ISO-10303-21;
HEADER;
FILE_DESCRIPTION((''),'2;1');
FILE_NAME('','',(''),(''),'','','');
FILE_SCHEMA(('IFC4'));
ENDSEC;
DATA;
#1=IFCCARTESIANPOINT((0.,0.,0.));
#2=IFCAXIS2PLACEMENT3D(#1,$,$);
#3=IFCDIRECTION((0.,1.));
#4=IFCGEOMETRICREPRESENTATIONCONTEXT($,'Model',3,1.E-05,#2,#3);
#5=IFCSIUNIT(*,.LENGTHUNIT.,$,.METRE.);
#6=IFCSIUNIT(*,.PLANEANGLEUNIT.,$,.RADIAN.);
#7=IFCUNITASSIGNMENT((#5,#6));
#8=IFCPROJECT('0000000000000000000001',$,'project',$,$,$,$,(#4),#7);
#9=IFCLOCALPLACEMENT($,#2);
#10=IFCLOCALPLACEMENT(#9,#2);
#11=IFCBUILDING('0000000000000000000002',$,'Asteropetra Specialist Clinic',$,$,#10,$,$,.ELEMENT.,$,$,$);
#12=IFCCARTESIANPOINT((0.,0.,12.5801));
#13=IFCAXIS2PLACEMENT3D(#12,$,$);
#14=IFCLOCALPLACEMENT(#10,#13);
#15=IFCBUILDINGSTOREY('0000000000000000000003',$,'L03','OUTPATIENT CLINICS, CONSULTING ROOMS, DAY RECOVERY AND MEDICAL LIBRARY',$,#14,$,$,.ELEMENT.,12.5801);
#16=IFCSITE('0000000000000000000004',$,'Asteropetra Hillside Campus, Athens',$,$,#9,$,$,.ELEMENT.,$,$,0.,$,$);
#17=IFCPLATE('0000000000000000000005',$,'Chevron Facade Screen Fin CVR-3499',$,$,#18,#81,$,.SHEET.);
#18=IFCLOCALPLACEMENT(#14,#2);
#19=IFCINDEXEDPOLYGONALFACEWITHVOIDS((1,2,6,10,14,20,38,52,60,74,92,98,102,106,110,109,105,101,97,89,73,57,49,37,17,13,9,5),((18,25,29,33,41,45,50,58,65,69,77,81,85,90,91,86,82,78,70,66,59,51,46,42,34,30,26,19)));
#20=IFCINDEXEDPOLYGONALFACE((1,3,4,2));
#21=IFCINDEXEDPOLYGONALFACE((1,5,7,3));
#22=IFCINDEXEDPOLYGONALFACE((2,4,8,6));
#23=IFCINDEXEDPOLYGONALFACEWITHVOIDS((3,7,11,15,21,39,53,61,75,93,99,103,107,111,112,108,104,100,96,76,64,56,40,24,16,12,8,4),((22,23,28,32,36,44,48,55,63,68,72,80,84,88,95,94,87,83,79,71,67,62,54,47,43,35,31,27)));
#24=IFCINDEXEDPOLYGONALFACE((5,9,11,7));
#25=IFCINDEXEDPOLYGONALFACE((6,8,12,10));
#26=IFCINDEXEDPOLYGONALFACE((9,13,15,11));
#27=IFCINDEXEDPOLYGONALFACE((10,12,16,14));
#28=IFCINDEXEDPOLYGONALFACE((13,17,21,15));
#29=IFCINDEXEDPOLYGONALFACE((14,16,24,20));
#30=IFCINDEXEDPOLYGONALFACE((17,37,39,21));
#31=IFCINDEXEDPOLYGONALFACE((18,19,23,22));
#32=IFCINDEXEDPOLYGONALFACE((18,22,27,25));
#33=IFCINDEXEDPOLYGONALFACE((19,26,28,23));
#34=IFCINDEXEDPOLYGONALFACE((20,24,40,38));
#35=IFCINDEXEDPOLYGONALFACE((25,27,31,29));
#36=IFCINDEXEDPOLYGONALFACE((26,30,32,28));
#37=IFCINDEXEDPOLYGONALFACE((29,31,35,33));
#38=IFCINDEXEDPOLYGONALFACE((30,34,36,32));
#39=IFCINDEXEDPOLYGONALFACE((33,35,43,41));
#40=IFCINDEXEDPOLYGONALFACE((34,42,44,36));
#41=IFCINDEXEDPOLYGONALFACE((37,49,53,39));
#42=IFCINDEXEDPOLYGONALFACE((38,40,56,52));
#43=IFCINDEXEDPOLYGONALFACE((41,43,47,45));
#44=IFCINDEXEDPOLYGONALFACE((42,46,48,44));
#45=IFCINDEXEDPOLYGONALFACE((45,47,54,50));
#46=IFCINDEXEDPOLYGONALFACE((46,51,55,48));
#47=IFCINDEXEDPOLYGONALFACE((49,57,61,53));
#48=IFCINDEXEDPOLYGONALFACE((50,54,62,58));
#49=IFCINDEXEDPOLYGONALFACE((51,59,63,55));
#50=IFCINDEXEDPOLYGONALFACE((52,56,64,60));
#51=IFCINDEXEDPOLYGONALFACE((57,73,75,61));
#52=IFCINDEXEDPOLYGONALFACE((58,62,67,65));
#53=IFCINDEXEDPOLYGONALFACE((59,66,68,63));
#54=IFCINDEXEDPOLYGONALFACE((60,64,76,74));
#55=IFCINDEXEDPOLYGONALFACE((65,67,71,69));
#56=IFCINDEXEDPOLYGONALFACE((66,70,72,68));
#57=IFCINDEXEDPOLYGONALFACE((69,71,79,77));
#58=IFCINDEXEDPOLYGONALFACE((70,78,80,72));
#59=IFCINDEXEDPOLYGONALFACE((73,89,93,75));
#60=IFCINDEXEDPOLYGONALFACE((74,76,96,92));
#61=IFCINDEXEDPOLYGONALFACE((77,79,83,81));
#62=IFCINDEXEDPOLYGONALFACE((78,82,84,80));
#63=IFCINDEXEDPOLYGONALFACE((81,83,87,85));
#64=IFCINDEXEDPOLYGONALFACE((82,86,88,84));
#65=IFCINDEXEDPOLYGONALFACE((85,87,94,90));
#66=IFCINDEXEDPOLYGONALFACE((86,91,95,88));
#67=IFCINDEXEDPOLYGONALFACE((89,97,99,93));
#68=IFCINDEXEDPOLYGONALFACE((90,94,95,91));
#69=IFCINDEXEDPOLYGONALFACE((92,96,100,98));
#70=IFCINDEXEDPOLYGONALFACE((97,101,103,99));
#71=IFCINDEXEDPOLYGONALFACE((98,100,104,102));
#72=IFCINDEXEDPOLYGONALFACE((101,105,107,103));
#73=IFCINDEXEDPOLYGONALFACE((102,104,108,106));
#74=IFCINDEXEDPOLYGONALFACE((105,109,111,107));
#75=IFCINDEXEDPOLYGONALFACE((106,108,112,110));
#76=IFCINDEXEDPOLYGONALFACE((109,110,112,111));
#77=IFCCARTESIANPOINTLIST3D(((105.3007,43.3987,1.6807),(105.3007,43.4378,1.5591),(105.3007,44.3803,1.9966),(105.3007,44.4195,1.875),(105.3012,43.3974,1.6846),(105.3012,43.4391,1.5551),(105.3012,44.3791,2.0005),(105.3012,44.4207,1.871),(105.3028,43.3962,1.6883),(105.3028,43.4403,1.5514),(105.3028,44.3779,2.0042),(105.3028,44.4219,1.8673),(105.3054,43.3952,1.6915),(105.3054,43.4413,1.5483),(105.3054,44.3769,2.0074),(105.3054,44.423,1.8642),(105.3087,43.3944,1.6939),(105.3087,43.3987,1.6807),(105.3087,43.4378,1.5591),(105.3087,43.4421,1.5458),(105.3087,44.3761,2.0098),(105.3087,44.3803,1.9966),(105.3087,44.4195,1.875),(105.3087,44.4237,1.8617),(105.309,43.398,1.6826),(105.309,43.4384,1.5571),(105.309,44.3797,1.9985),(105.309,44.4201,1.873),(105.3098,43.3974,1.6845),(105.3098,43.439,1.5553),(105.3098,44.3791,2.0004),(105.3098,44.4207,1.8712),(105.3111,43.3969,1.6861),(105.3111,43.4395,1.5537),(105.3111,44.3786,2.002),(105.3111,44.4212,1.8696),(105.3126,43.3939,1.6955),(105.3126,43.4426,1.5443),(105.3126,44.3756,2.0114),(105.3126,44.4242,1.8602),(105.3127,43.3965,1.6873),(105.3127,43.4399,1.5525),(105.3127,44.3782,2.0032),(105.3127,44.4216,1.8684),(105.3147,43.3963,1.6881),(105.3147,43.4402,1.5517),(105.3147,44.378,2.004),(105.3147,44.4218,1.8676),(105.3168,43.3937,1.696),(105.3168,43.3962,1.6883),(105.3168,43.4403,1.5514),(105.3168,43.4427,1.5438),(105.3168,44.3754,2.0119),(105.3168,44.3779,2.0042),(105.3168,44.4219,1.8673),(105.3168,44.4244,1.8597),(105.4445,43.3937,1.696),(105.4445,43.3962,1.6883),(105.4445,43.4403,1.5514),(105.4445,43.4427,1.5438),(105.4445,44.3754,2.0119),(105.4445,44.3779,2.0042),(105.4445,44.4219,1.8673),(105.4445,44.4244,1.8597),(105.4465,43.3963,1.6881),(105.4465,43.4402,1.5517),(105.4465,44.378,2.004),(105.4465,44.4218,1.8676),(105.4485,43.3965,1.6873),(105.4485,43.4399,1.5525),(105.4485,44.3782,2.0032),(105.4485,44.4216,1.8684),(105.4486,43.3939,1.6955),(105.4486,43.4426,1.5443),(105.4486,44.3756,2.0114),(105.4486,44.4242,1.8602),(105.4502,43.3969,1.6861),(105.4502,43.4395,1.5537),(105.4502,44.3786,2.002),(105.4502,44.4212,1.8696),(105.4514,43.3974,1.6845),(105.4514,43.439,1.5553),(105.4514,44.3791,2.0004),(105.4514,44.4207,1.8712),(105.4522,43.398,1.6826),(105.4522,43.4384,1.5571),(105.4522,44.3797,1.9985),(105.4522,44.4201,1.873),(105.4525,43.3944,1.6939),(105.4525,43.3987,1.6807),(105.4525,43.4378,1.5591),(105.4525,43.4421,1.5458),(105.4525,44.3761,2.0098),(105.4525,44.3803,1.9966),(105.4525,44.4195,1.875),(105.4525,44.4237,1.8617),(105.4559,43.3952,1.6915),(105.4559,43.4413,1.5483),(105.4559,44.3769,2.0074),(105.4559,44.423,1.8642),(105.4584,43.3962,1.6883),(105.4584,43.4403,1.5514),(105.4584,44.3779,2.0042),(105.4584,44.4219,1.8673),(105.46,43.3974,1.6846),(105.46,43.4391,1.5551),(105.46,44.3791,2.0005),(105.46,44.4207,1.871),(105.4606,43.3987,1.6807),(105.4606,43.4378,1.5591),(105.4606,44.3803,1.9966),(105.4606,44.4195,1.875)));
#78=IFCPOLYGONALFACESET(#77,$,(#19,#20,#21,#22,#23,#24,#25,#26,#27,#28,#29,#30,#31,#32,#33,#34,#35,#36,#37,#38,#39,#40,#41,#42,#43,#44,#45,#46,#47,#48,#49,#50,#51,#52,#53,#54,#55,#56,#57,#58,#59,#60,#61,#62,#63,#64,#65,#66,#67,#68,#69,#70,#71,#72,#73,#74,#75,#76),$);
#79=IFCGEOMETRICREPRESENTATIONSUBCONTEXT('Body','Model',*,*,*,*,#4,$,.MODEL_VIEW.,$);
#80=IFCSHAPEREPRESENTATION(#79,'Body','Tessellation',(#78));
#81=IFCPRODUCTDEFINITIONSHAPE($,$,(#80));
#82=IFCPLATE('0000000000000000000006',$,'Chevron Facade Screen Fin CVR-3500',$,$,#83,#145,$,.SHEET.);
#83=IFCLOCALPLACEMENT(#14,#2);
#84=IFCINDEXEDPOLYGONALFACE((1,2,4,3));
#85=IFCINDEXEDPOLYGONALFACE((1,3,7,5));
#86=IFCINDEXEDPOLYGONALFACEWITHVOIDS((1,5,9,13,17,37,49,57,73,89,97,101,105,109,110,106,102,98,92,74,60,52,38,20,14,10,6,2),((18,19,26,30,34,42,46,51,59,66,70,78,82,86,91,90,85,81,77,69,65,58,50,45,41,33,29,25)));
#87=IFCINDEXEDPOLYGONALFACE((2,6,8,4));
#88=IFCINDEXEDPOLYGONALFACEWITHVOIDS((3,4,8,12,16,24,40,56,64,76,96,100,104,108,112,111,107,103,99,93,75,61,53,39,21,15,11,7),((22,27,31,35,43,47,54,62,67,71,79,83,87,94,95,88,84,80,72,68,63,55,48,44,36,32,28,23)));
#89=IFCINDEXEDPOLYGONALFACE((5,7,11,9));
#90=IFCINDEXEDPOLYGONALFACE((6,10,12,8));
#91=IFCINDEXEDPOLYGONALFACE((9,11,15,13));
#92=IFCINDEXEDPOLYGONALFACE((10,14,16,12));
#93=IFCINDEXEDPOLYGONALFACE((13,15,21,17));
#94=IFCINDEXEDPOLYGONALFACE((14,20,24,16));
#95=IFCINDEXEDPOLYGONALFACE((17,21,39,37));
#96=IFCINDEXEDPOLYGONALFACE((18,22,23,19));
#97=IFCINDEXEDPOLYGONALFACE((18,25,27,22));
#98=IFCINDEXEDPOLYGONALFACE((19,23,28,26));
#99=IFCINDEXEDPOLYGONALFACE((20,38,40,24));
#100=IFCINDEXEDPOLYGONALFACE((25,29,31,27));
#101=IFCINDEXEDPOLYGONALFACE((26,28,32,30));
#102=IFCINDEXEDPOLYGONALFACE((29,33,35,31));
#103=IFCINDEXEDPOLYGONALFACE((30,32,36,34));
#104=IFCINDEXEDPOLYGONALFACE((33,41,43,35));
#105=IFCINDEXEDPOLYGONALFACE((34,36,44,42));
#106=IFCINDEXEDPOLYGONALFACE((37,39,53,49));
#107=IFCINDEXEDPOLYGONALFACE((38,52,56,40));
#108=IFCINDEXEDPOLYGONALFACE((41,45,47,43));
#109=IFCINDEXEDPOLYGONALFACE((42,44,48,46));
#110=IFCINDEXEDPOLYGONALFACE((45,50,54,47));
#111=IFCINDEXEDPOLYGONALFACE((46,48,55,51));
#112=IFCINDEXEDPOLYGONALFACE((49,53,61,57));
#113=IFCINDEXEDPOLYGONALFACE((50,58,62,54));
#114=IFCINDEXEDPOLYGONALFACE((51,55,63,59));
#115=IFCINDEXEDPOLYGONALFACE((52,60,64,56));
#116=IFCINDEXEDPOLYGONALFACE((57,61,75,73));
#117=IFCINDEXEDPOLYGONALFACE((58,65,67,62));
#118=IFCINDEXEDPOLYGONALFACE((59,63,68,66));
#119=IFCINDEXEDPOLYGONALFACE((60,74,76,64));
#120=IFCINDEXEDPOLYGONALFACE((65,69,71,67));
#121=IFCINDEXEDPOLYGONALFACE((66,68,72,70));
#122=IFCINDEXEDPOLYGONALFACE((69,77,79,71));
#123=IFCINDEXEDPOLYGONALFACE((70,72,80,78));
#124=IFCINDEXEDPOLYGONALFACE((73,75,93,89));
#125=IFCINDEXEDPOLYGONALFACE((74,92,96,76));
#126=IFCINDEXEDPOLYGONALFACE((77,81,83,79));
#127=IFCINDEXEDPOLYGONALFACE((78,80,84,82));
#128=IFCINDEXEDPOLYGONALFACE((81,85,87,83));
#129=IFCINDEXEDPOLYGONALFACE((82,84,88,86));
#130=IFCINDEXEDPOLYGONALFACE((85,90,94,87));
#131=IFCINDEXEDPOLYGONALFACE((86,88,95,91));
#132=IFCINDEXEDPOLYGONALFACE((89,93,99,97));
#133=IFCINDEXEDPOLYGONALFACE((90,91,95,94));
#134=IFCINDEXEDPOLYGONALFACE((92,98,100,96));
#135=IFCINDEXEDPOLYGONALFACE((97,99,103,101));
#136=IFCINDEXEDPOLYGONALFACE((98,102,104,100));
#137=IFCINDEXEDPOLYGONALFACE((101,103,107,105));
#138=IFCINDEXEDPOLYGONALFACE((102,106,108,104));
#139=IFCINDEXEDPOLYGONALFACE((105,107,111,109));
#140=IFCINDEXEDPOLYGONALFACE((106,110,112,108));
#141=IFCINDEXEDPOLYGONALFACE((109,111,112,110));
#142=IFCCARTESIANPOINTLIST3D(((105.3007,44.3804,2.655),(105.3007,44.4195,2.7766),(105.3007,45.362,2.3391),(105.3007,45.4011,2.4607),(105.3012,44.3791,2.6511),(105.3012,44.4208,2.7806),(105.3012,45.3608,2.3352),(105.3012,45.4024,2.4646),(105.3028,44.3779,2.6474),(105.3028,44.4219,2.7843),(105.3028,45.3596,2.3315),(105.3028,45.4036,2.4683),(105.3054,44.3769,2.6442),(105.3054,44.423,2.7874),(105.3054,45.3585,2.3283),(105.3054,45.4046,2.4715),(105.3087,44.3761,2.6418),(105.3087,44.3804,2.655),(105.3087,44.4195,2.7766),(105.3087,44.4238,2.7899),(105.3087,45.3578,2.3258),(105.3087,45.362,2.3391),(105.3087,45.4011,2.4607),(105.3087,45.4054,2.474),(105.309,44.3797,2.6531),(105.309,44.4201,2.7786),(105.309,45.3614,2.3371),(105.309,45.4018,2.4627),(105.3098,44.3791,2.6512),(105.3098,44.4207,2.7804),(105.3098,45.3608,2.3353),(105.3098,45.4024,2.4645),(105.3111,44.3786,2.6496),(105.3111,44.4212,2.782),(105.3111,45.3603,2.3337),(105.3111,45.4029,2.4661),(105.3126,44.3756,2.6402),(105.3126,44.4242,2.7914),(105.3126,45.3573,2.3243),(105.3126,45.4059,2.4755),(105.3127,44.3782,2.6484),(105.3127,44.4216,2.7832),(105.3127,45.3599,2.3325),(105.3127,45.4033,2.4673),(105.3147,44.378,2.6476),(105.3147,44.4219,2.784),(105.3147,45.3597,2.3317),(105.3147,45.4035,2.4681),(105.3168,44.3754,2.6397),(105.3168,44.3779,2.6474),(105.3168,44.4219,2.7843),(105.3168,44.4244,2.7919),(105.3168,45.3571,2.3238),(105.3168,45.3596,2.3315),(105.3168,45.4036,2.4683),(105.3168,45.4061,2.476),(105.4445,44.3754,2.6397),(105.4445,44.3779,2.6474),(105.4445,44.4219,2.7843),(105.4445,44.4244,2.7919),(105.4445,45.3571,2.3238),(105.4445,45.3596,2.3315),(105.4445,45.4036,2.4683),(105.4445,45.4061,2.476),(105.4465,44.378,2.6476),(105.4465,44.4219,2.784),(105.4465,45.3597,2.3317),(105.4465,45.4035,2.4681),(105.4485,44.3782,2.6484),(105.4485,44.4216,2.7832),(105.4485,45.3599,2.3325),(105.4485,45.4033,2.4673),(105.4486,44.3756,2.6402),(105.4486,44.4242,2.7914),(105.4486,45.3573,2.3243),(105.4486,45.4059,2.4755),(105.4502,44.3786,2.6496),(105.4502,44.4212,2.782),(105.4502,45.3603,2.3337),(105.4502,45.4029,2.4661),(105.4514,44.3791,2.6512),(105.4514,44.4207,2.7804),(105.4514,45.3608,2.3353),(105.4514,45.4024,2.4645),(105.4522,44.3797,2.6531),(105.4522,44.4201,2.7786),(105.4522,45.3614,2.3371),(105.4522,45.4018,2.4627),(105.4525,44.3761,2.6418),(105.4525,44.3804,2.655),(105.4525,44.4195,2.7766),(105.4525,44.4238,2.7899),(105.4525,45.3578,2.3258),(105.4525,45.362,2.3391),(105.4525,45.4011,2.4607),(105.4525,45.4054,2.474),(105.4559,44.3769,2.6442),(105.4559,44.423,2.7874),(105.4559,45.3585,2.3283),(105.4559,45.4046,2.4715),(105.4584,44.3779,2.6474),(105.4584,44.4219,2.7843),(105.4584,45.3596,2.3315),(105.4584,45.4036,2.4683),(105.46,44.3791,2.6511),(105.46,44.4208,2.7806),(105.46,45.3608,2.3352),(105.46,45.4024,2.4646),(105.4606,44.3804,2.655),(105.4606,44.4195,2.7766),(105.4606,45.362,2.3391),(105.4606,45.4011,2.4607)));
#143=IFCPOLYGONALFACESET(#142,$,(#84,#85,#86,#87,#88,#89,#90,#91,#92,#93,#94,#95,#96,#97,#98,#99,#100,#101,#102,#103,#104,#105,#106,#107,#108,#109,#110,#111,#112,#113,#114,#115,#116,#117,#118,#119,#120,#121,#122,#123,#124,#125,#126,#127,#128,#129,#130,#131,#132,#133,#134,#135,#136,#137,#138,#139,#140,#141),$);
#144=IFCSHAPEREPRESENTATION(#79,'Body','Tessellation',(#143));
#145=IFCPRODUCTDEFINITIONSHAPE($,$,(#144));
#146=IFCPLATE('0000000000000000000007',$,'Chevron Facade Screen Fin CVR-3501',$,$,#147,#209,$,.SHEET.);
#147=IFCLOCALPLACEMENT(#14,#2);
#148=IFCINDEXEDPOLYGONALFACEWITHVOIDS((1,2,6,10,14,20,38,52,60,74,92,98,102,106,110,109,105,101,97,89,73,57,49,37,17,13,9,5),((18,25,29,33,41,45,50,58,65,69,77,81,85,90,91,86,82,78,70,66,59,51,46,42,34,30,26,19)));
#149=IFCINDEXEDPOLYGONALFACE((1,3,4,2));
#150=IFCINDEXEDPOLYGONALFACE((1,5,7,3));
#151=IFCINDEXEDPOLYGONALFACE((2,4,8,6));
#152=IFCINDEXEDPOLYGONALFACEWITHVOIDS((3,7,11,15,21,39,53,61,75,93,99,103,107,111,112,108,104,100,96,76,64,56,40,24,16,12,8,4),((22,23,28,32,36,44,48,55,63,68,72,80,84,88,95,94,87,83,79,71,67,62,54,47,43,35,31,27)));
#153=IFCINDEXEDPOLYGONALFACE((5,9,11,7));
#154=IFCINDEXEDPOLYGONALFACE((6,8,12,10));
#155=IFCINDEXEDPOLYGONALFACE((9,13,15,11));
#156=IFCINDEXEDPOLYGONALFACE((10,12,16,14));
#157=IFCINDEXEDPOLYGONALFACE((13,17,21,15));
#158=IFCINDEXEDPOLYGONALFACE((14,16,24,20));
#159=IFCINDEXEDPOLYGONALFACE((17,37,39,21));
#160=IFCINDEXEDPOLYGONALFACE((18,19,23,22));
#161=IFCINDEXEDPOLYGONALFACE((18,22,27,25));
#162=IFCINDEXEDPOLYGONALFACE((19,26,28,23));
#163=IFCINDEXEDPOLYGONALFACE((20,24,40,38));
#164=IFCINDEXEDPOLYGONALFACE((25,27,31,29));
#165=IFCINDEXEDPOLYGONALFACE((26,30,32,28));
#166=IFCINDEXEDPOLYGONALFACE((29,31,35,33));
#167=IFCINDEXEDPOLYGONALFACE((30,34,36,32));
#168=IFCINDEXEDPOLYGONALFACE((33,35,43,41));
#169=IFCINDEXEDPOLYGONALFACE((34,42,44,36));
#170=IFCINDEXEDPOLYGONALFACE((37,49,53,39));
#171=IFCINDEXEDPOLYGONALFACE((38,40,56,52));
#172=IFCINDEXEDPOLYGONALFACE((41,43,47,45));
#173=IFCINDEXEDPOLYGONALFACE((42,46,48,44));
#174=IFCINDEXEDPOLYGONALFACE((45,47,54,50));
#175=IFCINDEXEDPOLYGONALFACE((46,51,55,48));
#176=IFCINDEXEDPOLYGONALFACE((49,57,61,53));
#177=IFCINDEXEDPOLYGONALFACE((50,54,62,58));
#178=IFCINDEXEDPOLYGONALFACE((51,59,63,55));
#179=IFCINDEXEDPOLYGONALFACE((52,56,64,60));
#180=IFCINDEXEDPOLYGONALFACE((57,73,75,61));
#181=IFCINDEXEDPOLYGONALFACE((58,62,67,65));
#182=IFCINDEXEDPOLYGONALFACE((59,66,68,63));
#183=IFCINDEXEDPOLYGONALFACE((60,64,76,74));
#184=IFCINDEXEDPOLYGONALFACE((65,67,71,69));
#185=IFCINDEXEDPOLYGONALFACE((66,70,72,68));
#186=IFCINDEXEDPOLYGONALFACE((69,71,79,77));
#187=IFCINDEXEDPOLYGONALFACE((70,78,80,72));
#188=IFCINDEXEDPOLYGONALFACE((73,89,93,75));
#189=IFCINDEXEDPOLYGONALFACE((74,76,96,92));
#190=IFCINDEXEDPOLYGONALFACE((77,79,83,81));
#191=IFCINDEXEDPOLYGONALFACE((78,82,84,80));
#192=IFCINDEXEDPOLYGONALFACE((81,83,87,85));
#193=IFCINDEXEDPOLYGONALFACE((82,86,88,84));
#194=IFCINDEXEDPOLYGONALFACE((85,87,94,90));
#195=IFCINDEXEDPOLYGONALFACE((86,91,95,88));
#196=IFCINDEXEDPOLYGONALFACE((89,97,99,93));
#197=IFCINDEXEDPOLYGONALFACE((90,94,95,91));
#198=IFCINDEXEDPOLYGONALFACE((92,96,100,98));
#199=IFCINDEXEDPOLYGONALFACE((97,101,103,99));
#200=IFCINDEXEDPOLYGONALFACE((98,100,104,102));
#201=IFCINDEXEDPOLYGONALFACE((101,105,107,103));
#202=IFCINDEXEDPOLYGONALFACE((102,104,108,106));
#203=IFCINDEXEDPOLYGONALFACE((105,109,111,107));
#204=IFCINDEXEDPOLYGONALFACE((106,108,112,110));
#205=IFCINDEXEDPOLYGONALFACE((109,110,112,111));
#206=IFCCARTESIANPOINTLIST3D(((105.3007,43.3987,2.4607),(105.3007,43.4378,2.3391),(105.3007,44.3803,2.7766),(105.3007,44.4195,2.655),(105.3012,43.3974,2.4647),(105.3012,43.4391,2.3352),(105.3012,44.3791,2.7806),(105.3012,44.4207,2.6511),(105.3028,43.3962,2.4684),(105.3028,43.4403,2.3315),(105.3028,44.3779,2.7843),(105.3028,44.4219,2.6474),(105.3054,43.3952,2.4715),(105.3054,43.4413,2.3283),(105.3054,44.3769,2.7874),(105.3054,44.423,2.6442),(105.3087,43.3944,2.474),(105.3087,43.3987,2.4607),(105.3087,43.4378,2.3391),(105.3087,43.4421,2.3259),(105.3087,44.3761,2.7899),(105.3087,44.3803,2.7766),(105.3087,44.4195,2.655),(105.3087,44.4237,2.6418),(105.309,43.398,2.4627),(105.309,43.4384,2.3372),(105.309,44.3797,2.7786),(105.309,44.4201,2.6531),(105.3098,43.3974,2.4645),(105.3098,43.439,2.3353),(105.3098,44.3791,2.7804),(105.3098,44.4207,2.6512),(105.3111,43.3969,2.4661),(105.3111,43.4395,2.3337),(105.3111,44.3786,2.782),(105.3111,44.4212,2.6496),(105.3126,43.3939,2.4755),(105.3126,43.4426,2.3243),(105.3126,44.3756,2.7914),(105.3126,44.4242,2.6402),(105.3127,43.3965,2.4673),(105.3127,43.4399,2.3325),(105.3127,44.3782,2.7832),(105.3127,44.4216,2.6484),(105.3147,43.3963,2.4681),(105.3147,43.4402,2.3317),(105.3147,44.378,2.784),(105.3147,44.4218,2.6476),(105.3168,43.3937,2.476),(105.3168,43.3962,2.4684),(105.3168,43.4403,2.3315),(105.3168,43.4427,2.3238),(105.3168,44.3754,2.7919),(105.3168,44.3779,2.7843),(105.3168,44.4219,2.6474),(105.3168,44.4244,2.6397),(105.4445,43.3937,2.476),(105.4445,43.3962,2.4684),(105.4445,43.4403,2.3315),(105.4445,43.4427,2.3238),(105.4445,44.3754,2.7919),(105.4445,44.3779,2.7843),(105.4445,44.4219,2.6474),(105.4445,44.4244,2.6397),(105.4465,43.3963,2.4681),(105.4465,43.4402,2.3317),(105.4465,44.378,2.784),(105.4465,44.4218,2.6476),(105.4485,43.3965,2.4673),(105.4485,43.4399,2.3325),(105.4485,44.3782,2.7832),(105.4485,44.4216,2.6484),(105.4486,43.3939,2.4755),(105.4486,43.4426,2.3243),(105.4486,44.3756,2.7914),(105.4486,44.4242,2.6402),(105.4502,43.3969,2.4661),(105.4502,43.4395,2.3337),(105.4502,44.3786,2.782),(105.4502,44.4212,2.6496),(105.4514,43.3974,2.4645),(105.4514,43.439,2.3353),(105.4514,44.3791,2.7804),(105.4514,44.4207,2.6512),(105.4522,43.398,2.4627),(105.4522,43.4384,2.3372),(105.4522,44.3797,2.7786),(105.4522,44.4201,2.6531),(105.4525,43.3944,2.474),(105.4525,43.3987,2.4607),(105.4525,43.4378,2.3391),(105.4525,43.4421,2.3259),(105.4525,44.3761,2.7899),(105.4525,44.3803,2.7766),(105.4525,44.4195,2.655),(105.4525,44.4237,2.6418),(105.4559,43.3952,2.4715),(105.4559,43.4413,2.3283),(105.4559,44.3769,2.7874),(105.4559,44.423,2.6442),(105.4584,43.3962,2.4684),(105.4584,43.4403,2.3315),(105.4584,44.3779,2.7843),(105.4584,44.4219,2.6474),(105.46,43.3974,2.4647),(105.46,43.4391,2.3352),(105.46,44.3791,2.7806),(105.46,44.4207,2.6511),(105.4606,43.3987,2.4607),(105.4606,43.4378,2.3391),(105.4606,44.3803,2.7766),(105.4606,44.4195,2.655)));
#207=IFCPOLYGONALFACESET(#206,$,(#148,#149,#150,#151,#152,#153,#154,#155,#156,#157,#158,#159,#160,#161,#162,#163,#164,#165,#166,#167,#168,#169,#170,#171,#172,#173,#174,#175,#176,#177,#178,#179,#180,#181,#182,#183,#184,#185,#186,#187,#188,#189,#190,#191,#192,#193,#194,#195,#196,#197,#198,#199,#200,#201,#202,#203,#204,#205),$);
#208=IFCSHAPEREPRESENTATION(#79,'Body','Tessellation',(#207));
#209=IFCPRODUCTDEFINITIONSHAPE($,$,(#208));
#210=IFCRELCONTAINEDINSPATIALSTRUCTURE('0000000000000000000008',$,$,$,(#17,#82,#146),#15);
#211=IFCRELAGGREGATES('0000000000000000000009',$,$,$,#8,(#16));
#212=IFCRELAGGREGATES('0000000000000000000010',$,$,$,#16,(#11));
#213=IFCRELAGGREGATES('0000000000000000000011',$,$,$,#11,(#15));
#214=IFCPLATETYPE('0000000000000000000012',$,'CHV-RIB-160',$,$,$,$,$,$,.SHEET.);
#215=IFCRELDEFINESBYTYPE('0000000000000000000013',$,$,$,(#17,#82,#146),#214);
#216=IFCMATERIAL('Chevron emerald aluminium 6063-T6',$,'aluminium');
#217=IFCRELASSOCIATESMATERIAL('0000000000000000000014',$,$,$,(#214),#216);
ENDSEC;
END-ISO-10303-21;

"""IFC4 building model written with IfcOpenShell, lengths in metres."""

from ifc_helpers import new_model, si_unit, direction, frame, origin, origin_2d, place, context, subcontext, project, spatial, hollow_rectangle, extrude, material, material_profile, profile_set, type_object, element, save


model = new_model("IFC4")

# Units and contexts
model_context = context("Model", 3, precision=1e-05, world=origin(), true_north=direction((0.0, 1.0)))
body_context = subcontext(model_context, "Body", "Model", "MODEL_VIEW")
ifc_project = project(units=[si_unit("LENGTHUNIT", "METRE"), si_unit("PLANEANGLEUNIT", "RADIAN")], contexts=[model_context])

# Site, building, storey
site_placement = place(None, origin())
site = spatial("IfcSite", under=ifc_project, at=site_placement, Name="Asteropetra Hillside Campus, Athens", CompositionType="ELEMENT", RefElevation=0.0)
building_placement = place(site_placement, origin())
building = spatial("IfcBuilding", under=site, at=building_placement, Name="Asteropetra Specialist Clinic", CompositionType="ELEMENT")
storey_placement = place(building_placement, frame((0.0, 0.0, 12.5801)))
storey = spatial("IfcBuildingStorey", under=building, at=storey_placement, Name="L03", Description="OUTPATIENT CLINICS, CONSULTING ROOMS, DAY RECOVERY AND MEDICAL LIBRARY", CompositionType="ELEMENT", Elevation=12.5801)

# Plates
ifc_material_1 = material(Name="Chevron emerald aluminium 6063-T6", Category="aluminium")
ifc_material_profile = material_profile(ifc_material_1, hollow_rectangle(XDim=0.1599, YDim=0.1599, WallThickness=0.0081, InnerFilletRadius=0.0081, OuterFilletRadius=0.0161, at=origin_2d()), Name="SHS 160x160x8.0")
ifc_profile_set = profile_set([ifc_material_profile], Name="Chevron emerald aluminium 6063-T6")
plate_type_1 = type_object("IfcPlateType", Name="CHV-RIB-160", PredefinedType="SHEET", material=ifc_profile_set)
for number, where, z_axis, x_axis, name in (
    (1, (105.3806, 44.3999, 1.9358), (0.0, -0.951923, -0.306339), (1.0, 0.0, 0.0), "Chevron Facade Screen Fin CVR-3499"),
    (2, (105.3806, 45.3816, 2.3999), (0.0, -0.951923, 0.306339), (1.0, 0.0, 0.0), "Chevron Facade Screen Fin CVR-3500"),
    (3, (105.3806, 44.3999, 2.7158), (0.0, -0.951923, -0.306339), (1.0, 0.0, 0.0), "Chevron Facade Screen Fin CVR-3501"),
):
    element("IfcPlate", number, at=place(storey_placement, frame(where, z_axis=z_axis, x_axis=x_axis)), inside=storey, type_object=plate_type_1, Name=name, PredefinedType="SHEET", context=body_context, shape_type="SweptSolid", body=[
        extrude(hollow_rectangle(XDim=0.1599, YDim=0.1599, WallThickness=0.0081, InnerFilletRadius=0.0081, OuterFilletRadius=0.0161, at=origin_2d()), origin(), (0.0, 0.0, 1.0), 1.0312),
    ])

save(model, "model.ifc")
